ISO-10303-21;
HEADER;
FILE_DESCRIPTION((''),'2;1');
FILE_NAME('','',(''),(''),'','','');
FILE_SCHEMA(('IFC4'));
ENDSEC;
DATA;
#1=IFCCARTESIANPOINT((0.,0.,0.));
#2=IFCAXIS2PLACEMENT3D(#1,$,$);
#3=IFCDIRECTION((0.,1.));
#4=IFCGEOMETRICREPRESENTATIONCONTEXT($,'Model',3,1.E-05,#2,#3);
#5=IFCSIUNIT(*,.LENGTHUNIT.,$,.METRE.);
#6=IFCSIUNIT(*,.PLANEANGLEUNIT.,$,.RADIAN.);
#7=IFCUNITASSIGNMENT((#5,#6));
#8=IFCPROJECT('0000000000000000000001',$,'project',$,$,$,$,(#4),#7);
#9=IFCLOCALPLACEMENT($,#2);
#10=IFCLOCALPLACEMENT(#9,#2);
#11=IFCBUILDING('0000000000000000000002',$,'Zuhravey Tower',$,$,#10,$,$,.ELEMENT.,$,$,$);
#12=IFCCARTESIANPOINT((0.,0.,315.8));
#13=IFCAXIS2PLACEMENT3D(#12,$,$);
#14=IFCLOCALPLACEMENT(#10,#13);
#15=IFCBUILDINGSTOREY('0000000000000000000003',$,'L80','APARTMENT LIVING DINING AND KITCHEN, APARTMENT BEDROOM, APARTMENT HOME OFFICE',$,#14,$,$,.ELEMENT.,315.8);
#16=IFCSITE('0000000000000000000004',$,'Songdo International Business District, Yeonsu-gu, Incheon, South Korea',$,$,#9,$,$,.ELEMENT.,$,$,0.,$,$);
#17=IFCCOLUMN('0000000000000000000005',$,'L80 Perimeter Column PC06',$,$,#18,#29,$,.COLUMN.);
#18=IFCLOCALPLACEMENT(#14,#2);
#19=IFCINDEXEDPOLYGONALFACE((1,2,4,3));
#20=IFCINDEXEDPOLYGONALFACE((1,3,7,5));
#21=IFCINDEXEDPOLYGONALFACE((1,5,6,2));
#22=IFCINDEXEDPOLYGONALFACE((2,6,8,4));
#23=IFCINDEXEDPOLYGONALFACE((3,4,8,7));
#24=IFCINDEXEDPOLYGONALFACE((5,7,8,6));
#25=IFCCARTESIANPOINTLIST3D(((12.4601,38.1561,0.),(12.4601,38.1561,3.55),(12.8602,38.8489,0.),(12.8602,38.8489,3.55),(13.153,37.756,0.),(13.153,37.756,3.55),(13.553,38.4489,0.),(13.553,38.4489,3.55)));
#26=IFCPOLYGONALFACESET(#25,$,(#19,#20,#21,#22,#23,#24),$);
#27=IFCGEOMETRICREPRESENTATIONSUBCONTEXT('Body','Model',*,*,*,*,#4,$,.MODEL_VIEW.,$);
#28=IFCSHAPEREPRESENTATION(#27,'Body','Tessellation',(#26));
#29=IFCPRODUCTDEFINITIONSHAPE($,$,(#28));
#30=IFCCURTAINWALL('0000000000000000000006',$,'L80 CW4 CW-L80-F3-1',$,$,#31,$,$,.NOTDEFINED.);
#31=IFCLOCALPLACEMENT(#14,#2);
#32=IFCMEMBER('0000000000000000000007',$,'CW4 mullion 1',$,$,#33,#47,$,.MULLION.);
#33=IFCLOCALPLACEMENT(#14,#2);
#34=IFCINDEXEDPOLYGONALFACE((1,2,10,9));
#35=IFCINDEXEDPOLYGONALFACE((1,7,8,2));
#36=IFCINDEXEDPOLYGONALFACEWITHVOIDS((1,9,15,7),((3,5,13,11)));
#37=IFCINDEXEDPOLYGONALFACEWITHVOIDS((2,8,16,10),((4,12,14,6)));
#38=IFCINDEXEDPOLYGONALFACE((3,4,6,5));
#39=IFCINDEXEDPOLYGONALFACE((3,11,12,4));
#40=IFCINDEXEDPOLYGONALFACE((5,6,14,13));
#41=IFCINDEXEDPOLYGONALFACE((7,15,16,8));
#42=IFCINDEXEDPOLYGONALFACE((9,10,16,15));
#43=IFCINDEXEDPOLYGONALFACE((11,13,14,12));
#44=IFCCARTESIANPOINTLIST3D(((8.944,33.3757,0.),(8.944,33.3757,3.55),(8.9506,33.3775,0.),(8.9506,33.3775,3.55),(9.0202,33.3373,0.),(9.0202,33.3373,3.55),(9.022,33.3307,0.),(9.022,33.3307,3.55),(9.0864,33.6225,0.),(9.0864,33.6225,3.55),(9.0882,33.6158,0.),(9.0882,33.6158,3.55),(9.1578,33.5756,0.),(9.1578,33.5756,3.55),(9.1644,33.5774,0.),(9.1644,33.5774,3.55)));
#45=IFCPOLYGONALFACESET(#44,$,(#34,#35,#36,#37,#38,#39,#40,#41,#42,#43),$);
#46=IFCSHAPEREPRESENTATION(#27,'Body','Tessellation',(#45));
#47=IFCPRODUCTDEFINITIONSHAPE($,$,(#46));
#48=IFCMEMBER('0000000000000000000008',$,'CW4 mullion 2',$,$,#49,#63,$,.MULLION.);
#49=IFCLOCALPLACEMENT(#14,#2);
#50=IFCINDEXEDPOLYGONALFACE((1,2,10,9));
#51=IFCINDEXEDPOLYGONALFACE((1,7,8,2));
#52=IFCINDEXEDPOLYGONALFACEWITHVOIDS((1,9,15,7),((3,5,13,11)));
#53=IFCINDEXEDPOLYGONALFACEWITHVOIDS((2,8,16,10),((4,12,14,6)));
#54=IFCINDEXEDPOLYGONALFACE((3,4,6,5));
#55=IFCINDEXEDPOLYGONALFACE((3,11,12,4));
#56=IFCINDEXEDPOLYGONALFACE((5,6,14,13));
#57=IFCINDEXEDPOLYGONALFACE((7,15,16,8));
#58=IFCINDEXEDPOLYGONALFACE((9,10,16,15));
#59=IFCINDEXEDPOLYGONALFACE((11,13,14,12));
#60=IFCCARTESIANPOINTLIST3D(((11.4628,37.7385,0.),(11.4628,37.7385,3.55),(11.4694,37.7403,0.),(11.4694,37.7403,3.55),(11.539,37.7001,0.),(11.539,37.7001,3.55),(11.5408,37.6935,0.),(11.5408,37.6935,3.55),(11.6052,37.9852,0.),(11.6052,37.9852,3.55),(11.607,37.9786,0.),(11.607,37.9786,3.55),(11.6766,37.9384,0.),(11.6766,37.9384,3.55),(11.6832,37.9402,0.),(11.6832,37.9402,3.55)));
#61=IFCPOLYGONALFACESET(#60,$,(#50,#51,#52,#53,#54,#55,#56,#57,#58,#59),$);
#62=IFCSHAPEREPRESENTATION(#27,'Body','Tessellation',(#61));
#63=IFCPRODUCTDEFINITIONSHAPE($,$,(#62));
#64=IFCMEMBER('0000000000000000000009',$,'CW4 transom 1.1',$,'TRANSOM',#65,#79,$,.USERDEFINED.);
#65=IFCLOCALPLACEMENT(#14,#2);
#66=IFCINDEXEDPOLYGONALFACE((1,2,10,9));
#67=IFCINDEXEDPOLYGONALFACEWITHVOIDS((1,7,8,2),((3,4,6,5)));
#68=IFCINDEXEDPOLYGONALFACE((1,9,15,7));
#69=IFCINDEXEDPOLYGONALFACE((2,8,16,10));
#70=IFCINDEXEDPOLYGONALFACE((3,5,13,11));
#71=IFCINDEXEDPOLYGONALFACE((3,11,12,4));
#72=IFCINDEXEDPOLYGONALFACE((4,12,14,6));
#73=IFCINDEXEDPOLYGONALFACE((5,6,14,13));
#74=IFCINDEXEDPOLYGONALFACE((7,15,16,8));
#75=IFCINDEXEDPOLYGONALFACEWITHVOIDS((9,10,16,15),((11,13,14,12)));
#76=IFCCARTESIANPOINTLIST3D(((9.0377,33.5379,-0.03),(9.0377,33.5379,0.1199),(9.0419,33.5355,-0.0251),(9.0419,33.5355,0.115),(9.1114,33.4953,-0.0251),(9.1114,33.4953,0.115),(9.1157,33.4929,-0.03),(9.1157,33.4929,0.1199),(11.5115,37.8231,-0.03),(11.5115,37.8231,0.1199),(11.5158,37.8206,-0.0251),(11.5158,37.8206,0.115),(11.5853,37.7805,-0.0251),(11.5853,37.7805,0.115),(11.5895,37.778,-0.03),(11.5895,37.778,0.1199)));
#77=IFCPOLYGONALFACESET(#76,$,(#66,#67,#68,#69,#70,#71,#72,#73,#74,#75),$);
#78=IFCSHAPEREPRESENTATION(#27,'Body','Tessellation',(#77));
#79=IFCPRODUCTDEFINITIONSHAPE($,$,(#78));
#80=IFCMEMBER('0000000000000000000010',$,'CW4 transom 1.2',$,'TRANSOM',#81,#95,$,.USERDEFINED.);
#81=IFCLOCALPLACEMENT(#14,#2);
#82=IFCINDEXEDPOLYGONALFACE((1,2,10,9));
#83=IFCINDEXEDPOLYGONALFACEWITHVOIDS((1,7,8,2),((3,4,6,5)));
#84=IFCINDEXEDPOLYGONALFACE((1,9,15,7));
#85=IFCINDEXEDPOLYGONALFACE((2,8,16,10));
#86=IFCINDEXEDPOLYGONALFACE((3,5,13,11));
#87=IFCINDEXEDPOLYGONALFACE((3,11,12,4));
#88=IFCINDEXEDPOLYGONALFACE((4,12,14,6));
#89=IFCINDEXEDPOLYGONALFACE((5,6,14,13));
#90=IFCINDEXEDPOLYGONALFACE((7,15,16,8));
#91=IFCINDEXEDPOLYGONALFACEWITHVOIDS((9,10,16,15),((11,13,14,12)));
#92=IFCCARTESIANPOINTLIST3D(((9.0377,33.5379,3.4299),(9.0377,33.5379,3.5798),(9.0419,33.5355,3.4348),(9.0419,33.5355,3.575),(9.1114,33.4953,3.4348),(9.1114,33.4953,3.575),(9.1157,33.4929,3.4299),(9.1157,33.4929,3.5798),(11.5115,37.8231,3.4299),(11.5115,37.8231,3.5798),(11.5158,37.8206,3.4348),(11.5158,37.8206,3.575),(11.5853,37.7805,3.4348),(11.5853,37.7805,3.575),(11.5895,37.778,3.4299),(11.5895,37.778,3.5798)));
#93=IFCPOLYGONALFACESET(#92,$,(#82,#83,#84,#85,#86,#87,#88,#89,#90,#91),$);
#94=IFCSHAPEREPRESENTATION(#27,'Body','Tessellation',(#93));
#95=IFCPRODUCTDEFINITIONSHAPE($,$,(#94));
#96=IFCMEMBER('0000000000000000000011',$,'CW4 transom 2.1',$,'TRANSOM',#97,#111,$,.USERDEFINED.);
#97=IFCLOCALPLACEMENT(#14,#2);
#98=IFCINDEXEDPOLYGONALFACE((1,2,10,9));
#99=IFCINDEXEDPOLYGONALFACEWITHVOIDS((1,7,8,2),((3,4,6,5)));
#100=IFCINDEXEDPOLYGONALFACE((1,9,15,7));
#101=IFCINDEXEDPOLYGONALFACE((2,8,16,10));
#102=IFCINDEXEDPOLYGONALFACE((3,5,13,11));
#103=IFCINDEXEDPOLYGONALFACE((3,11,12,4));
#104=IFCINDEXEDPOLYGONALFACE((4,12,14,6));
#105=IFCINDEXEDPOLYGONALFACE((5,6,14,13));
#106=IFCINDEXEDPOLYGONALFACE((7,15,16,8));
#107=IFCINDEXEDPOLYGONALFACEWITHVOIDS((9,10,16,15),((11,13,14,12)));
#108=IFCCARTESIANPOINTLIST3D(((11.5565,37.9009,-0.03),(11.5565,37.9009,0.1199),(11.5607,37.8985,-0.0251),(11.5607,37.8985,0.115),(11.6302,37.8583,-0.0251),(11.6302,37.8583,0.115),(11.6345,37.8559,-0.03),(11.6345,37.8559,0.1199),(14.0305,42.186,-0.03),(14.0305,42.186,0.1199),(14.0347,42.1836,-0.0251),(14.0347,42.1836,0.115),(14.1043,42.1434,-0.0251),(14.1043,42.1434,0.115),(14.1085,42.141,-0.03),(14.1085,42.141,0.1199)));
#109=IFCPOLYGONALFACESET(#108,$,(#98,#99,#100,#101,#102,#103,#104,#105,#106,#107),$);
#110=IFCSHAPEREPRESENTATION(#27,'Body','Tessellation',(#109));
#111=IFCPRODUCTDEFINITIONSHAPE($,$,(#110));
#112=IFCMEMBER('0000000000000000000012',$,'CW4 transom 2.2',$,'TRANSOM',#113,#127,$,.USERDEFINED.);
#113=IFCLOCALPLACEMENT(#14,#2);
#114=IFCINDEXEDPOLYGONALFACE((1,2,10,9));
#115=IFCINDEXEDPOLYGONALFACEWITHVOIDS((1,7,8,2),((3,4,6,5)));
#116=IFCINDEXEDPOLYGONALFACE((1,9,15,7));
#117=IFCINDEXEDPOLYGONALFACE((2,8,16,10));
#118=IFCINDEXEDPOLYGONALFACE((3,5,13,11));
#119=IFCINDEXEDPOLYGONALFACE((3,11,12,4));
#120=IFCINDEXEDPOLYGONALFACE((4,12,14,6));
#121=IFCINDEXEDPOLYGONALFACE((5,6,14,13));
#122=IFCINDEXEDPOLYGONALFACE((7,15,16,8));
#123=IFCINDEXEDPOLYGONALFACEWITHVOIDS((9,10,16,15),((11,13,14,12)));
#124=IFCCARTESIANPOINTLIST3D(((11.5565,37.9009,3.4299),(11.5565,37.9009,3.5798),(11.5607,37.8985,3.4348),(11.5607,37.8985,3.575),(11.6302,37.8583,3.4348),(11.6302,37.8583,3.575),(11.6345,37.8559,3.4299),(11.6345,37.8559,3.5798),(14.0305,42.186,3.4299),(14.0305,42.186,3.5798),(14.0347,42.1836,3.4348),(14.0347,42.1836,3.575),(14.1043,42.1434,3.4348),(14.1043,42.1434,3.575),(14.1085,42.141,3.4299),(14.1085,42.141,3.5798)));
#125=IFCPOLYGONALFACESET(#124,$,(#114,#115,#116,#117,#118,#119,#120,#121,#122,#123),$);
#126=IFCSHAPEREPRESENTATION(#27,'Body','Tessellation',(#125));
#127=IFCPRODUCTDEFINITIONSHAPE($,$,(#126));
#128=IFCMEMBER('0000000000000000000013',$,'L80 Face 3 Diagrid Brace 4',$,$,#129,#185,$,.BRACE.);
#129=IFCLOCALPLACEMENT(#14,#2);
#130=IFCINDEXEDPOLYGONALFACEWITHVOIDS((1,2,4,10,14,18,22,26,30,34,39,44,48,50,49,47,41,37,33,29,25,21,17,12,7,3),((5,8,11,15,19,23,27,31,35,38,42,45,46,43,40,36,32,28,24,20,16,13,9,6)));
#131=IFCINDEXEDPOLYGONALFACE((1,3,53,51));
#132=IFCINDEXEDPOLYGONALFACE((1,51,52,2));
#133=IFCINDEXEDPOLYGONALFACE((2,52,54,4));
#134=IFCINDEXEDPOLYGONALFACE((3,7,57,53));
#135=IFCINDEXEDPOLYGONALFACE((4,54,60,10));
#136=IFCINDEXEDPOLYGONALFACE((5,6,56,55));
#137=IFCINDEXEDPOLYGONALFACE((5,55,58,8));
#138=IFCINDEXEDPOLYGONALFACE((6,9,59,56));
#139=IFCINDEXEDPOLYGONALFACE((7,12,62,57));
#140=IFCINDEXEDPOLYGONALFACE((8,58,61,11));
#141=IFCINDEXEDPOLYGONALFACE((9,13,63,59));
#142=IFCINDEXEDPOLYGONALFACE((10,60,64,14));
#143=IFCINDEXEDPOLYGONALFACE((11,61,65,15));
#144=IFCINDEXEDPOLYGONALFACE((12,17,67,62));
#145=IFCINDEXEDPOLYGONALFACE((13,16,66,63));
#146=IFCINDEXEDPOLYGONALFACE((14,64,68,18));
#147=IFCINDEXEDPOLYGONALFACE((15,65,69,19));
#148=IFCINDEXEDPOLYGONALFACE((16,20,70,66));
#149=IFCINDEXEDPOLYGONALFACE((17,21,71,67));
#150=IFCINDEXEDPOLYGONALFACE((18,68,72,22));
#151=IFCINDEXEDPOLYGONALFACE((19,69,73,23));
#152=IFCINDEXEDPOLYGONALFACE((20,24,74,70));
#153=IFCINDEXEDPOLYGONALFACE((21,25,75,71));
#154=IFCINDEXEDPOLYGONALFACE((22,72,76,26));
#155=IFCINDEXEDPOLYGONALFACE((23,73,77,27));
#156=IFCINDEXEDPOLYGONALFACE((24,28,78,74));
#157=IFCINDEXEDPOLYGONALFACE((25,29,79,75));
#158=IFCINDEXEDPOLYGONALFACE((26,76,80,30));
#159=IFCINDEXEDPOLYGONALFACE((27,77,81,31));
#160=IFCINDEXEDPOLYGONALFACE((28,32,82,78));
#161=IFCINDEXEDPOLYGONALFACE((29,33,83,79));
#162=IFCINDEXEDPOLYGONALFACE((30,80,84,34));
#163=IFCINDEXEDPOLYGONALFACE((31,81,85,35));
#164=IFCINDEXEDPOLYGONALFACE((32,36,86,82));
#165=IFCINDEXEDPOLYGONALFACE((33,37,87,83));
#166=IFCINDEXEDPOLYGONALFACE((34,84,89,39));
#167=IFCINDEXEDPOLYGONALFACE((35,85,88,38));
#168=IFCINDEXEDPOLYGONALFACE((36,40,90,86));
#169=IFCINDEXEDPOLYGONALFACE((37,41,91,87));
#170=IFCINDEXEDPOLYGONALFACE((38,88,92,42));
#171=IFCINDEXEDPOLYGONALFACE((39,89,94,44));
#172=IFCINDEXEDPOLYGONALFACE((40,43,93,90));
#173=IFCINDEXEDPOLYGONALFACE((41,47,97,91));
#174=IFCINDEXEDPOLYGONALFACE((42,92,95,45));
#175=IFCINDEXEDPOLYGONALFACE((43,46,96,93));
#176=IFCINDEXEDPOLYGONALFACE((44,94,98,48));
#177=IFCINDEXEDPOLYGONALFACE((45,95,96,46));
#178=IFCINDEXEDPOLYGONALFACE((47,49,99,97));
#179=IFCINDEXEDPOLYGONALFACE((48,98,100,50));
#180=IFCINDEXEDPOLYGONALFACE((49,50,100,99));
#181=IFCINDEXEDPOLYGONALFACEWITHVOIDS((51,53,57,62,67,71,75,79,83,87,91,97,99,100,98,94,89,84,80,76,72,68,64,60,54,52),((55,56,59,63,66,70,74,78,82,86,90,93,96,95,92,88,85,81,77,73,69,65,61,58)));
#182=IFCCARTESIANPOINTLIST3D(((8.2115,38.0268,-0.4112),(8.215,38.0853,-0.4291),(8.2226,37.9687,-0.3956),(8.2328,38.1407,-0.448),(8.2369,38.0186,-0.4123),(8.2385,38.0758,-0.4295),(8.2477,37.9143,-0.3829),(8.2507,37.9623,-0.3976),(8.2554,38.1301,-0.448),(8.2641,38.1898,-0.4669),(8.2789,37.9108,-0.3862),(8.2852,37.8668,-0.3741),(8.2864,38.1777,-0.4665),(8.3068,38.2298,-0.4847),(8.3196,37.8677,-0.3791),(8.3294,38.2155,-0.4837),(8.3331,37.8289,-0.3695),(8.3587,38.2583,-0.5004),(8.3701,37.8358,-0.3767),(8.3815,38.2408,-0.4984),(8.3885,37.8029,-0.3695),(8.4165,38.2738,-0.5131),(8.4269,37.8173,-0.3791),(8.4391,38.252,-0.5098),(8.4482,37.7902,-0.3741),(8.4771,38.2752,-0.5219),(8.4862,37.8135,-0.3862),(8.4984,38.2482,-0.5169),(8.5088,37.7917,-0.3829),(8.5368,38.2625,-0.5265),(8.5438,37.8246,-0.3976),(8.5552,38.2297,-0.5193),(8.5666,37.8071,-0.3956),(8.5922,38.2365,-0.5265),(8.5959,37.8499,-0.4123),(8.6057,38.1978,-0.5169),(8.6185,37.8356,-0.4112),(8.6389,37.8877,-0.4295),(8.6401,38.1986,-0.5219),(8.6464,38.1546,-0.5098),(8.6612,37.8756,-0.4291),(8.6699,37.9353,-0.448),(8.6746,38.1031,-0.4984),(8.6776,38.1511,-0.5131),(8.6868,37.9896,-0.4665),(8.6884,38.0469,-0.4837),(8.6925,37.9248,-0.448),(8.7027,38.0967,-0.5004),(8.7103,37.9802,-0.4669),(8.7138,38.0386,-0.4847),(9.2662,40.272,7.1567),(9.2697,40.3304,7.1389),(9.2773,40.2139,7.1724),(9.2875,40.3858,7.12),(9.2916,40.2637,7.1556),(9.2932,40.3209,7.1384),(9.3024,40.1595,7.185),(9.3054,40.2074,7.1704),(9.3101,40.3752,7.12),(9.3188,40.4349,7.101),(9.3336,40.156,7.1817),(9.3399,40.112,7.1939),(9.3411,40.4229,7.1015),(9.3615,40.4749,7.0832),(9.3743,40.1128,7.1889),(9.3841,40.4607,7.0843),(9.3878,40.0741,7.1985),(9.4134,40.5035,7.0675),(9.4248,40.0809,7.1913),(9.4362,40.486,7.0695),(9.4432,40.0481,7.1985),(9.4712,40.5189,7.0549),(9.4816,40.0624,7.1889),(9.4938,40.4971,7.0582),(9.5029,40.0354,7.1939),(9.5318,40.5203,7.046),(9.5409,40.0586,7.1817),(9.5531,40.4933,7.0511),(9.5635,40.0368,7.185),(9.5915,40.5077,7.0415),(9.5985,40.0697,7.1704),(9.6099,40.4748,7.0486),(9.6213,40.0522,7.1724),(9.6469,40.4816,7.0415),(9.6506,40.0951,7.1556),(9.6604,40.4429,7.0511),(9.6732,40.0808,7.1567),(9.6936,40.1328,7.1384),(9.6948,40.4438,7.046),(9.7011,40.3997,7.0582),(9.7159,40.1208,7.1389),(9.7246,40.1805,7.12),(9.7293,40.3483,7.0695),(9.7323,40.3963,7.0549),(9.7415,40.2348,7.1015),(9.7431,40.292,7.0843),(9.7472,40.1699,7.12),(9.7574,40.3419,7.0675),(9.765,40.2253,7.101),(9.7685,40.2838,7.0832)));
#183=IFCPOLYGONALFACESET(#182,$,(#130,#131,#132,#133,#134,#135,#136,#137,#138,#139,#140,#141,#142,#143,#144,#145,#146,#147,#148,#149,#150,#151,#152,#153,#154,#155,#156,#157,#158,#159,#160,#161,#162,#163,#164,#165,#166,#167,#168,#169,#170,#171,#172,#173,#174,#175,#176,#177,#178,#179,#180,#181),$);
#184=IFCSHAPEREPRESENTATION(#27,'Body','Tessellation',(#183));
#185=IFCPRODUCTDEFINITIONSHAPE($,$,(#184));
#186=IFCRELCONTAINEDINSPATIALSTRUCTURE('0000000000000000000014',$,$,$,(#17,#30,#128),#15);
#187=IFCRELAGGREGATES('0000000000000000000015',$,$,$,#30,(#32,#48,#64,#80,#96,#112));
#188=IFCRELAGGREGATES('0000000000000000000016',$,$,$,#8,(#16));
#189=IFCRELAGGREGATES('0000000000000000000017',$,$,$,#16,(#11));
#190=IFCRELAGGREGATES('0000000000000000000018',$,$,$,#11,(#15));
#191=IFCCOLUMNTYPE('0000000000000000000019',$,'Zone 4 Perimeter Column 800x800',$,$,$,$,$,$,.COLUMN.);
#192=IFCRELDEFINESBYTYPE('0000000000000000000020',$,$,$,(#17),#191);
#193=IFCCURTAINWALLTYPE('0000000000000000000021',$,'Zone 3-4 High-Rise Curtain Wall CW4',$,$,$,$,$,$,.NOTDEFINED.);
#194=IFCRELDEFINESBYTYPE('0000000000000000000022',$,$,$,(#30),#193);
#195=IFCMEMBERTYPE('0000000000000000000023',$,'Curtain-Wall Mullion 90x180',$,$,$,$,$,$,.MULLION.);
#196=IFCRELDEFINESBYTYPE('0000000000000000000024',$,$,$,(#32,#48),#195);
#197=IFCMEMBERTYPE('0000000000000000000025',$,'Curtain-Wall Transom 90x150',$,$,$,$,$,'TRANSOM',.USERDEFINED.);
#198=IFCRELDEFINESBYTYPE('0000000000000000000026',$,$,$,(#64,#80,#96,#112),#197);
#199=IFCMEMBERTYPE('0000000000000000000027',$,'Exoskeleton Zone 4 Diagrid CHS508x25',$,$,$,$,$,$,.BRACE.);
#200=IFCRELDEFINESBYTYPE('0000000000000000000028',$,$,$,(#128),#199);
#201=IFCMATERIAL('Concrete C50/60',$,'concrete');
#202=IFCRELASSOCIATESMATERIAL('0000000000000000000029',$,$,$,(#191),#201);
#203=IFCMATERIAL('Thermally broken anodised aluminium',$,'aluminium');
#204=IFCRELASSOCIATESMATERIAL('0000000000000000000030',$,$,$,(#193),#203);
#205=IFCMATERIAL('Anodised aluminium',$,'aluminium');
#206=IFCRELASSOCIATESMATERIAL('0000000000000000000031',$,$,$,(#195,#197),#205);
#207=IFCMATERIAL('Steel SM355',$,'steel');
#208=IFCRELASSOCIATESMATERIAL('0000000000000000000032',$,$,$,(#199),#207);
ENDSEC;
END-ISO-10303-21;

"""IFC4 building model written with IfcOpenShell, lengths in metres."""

from ifc_helpers import new_model, si_unit, direction, frame, origin, origin_2d, place, context, subcontext, project, spatial, rectangle, hollow_rectangle, hollow_circle, extrude, material, material_profile, profile_set, type_object, element, aggregate, save


model = new_model("IFC4")

# Units and contexts
model_context = context("Model", 3, precision=1e-05, world=origin(), true_north=direction((0.0, 1.0)))
body_context = subcontext(model_context, "Body", "Model", "MODEL_VIEW")
ifc_project = project(units=[si_unit("LENGTHUNIT", "METRE"), si_unit("PLANEANGLEUNIT", "RADIAN")], contexts=[model_context])

# Site, building, storey
site_placement = place(None, origin())
site = spatial("IfcSite", under=ifc_project, at=site_placement, Name="Songdo International Business District, Yeonsu-gu, Incheon, South Korea", CompositionType="ELEMENT", RefElevation=0.0)
building_placement = place(site_placement, origin())
building = spatial("IfcBuilding", under=site, at=building_placement, Name="Zuhravey Tower", CompositionType="ELEMENT")
storey_placement = place(building_placement, frame((0.0, 0.0, 315.8)))
storey = spatial("IfcBuildingStorey", under=building, at=storey_placement, Name="L80", Description="APARTMENT LIVING DINING AND KITCHEN, APARTMENT BEDROOM, APARTMENT HOME OFFICE", CompositionType="ELEMENT", Elevation=315.8)

# Column
ifc_material_1 = material(Name="Concrete C50/60", Category="concrete")
ifc_material_profile_1 = material_profile(ifc_material_1, rectangle(XDim=0.8, YDim=0.8, at=origin_2d()), Name="RC-800x800")
ifc_profile_set_1 = profile_set([ifc_material_profile_1], Name="Concrete C50/60")
column_type = type_object("IfcColumnType", Name="Zone 4 Perimeter Column 800x800", PredefinedType="COLUMN", material=ifc_profile_set_1)
column_placement = place(storey_placement, frame((13.0066, 38.3025, 0.0), z_axis=(0.0, 0.0, 1.0), x_axis=(-0.5, -0.866025, 0.0)))
element("IfcColumn", 1, at=column_placement, inside=storey, type_object=column_type, Name="L80 Perimeter Column PC06", PredefinedType="COLUMN", context=body_context, shape_type="SweptSolid", body=[
    extrude(rectangle(XDim=0.8, YDim=0.8, at=origin_2d()), origin(), (0.0, 0.0, 1.0), 3.55),
])

# Curtain wall, members
ifc_material_2 = material(Name="Thermally broken anodised aluminium", Category="aluminium")
curtain_wall_type = type_object("IfcCurtainWallType", Name="Zone 3-4 High-Rise Curtain Wall CW4", PredefinedType="NOTDEFINED", material=ifc_material_2)
curtain_wall_placement = place(storey_placement, origin())
curtain_wall = element("IfcCurtainWall", 2, at=curtain_wall_placement, inside=storey, type_object=curtain_wall_type, Name="L80 CW4 CW-L80-F3-1", PredefinedType="NOTDEFINED")
ifc_material_3 = material(Name="Anodised aluminium", Category="aluminium")
ifc_material_profile_2 = material_profile(ifc_material_3, hollow_rectangle(XDim=0.0901, YDim=0.2849, WallThickness=0.0049, at=origin_2d()), Name="ALU-RHS-90x285x5")
ifc_profile_set_2 = profile_set([ifc_material_profile_2], Name="Anodised aluminium")
member_type_1 = type_object("IfcMemberType", Name="Curtain-Wall Mullion 90x180", PredefinedType="MULLION", material=ifc_profile_set_2)
member_1_placement = place(storey_placement, frame((9.0542, 33.4766, 0.0), z_axis=(0.0, 0.0, 1.0), x_axis=(-0.866027, 0.499997, 0.0)))
member_1 = element("IfcMember", 3, at=member_1_placement, type_object=member_type_1, Name="CW4 mullion 1", PredefinedType="MULLION", context=body_context, shape_type="SweptSolid", body=[
    extrude(hollow_rectangle(XDim=0.0901, YDim=0.2849, WallThickness=0.0049, at=origin_2d()), origin(), (0.0, 0.0, 1.0), 3.55),
])
member_2_placement = place(storey_placement, frame((11.573, 37.8394, 0.0), z_axis=(0.0, 0.0, 1.0), x_axis=(-0.866027, 0.499997, 0.0)))
member_2 = element("IfcMember", 4, at=member_2_placement, type_object=member_type_1, Name="CW4 mullion 2", PredefinedType="MULLION", context=body_context, shape_type="SweptSolid", body=[
    extrude(hollow_rectangle(XDim=0.0901, YDim=0.2849, WallThickness=0.0049, at=origin_2d()), origin(), (0.0, 0.0, 1.0), 3.55),
])
ifc_material_profile_3 = material_profile(ifc_material_3, hollow_rectangle(XDim=0.0901, YDim=0.1499, WallThickness=0.0049, at=origin_2d()), Name="ALU-RHS-90x150x5")
ifc_profile_set_3 = profile_set([ifc_material_profile_3], Name="Anodised aluminium")
member_type_2 = type_object("IfcMemberType", Name="Curtain-Wall Transom 90x150", ElementType="TRANSOM", PredefinedType="USERDEFINED", material=ifc_profile_set_3)
member_3_placement = place(storey_placement, frame((9.0767, 33.5154, 0.0449), z_axis=(0.499976, 0.866039, 0.0), x_axis=(-0.866039, 0.499976, 0.0)))
member_3 = element("IfcMember", 5, at=member_3_placement, type_object=member_type_2, Name="CW4 transom 1.1", ObjectType="TRANSOM", PredefinedType="USERDEFINED", context=body_context, shape_type="SweptSolid", body=[
    extrude(hollow_rectangle(XDim=0.0901, YDim=0.1499, WallThickness=0.0049, at=origin_2d()), origin(), (0.0, 0.0, 1.0), 4.948),
])
member_4_placement = place(storey_placement, frame((9.0767, 33.5154, 3.5049), z_axis=(0.499976, 0.866039, 0.0), x_axis=(-0.866039, 0.499976, 0.0)))
member_4 = element("IfcMember", 6, at=member_4_placement, type_object=member_type_2, Name="CW4 transom 1.2", ObjectType="TRANSOM", PredefinedType="USERDEFINED", context=body_context, shape_type="SweptSolid", body=[
    extrude(hollow_rectangle(XDim=0.0901, YDim=0.1499, WallThickness=0.0049, at=origin_2d()), origin(), (0.0, 0.0, 1.0), 4.948),
])
member_5_placement = place(storey_placement, frame((11.5955, 37.8784, 0.0449), z_axis=(0.500013, 0.866018, 0.0), x_axis=(-0.866018, 0.500013, 0.0)))
member_5 = element("IfcMember", 7, at=member_5_placement, type_object=member_type_2, Name="CW4 transom 2.1", ObjectType="TRANSOM", PredefinedType="USERDEFINED", context=body_context, shape_type="SweptSolid", body=[
    extrude(hollow_rectangle(XDim=0.0901, YDim=0.1499, WallThickness=0.0049, at=origin_2d()), origin(), (0.0, 0.0, 1.0), 4.948),
])
member_6_placement = place(storey_placement, frame((11.5955, 37.8784, 3.5049), z_axis=(0.500013, 0.866018, 0.0), x_axis=(-0.866018, 0.500013, 0.0)))
member_6 = element("IfcMember", 8, at=member_6_placement, type_object=member_type_2, Name="CW4 transom 2.2", ObjectType="TRANSOM", PredefinedType="USERDEFINED", context=body_context, shape_type="SweptSolid", body=[
    extrude(hollow_rectangle(XDim=0.0901, YDim=0.1499, WallThickness=0.0049, at=origin_2d()), origin(), (0.0, 0.0, 1.0), 4.948),
])

# Member
ifc_material_4 = material(Name="Steel SM355", Category="steel")
ifc_material_profile_4 = material_profile(ifc_material_4, hollow_circle(Radius=0.2539, WallThickness=0.0249, at=origin_2d()), Name="CHS-508.0x25")
ifc_profile_set_4 = profile_set([ifc_material_profile_4], Name="Steel SM355")
member_type_3 = type_object("IfcMemberType", Name="Exoskeleton Zone 4 Diagrid CHS508x25", PredefinedType="BRACE", material=ifc_profile_set_4)
member_7_placement = place(storey_placement, frame((8.4626, 38.0327, -0.448), z_axis=(0.132432, 0.281908, 0.950258), x_axis=(-0.905104, 0.42519, 0.0)))
element("IfcMember", 9, at=member_7_placement, inside=storey, type_object=member_type_3, Name="L80 Face 3 Diagrid Brace 4", PredefinedType="BRACE", context=body_context, shape_type="SweptSolid", body=[
    extrude(hollow_circle(Radius=0.2539, WallThickness=0.0249, at=origin_2d()), origin(), (0.0, 0.0, 1.0), 7.9641),
])

aggregate(curtain_wall, [member_1, member_2, member_3, member_4, member_5, member_6])

save(model, "model.ifc")
